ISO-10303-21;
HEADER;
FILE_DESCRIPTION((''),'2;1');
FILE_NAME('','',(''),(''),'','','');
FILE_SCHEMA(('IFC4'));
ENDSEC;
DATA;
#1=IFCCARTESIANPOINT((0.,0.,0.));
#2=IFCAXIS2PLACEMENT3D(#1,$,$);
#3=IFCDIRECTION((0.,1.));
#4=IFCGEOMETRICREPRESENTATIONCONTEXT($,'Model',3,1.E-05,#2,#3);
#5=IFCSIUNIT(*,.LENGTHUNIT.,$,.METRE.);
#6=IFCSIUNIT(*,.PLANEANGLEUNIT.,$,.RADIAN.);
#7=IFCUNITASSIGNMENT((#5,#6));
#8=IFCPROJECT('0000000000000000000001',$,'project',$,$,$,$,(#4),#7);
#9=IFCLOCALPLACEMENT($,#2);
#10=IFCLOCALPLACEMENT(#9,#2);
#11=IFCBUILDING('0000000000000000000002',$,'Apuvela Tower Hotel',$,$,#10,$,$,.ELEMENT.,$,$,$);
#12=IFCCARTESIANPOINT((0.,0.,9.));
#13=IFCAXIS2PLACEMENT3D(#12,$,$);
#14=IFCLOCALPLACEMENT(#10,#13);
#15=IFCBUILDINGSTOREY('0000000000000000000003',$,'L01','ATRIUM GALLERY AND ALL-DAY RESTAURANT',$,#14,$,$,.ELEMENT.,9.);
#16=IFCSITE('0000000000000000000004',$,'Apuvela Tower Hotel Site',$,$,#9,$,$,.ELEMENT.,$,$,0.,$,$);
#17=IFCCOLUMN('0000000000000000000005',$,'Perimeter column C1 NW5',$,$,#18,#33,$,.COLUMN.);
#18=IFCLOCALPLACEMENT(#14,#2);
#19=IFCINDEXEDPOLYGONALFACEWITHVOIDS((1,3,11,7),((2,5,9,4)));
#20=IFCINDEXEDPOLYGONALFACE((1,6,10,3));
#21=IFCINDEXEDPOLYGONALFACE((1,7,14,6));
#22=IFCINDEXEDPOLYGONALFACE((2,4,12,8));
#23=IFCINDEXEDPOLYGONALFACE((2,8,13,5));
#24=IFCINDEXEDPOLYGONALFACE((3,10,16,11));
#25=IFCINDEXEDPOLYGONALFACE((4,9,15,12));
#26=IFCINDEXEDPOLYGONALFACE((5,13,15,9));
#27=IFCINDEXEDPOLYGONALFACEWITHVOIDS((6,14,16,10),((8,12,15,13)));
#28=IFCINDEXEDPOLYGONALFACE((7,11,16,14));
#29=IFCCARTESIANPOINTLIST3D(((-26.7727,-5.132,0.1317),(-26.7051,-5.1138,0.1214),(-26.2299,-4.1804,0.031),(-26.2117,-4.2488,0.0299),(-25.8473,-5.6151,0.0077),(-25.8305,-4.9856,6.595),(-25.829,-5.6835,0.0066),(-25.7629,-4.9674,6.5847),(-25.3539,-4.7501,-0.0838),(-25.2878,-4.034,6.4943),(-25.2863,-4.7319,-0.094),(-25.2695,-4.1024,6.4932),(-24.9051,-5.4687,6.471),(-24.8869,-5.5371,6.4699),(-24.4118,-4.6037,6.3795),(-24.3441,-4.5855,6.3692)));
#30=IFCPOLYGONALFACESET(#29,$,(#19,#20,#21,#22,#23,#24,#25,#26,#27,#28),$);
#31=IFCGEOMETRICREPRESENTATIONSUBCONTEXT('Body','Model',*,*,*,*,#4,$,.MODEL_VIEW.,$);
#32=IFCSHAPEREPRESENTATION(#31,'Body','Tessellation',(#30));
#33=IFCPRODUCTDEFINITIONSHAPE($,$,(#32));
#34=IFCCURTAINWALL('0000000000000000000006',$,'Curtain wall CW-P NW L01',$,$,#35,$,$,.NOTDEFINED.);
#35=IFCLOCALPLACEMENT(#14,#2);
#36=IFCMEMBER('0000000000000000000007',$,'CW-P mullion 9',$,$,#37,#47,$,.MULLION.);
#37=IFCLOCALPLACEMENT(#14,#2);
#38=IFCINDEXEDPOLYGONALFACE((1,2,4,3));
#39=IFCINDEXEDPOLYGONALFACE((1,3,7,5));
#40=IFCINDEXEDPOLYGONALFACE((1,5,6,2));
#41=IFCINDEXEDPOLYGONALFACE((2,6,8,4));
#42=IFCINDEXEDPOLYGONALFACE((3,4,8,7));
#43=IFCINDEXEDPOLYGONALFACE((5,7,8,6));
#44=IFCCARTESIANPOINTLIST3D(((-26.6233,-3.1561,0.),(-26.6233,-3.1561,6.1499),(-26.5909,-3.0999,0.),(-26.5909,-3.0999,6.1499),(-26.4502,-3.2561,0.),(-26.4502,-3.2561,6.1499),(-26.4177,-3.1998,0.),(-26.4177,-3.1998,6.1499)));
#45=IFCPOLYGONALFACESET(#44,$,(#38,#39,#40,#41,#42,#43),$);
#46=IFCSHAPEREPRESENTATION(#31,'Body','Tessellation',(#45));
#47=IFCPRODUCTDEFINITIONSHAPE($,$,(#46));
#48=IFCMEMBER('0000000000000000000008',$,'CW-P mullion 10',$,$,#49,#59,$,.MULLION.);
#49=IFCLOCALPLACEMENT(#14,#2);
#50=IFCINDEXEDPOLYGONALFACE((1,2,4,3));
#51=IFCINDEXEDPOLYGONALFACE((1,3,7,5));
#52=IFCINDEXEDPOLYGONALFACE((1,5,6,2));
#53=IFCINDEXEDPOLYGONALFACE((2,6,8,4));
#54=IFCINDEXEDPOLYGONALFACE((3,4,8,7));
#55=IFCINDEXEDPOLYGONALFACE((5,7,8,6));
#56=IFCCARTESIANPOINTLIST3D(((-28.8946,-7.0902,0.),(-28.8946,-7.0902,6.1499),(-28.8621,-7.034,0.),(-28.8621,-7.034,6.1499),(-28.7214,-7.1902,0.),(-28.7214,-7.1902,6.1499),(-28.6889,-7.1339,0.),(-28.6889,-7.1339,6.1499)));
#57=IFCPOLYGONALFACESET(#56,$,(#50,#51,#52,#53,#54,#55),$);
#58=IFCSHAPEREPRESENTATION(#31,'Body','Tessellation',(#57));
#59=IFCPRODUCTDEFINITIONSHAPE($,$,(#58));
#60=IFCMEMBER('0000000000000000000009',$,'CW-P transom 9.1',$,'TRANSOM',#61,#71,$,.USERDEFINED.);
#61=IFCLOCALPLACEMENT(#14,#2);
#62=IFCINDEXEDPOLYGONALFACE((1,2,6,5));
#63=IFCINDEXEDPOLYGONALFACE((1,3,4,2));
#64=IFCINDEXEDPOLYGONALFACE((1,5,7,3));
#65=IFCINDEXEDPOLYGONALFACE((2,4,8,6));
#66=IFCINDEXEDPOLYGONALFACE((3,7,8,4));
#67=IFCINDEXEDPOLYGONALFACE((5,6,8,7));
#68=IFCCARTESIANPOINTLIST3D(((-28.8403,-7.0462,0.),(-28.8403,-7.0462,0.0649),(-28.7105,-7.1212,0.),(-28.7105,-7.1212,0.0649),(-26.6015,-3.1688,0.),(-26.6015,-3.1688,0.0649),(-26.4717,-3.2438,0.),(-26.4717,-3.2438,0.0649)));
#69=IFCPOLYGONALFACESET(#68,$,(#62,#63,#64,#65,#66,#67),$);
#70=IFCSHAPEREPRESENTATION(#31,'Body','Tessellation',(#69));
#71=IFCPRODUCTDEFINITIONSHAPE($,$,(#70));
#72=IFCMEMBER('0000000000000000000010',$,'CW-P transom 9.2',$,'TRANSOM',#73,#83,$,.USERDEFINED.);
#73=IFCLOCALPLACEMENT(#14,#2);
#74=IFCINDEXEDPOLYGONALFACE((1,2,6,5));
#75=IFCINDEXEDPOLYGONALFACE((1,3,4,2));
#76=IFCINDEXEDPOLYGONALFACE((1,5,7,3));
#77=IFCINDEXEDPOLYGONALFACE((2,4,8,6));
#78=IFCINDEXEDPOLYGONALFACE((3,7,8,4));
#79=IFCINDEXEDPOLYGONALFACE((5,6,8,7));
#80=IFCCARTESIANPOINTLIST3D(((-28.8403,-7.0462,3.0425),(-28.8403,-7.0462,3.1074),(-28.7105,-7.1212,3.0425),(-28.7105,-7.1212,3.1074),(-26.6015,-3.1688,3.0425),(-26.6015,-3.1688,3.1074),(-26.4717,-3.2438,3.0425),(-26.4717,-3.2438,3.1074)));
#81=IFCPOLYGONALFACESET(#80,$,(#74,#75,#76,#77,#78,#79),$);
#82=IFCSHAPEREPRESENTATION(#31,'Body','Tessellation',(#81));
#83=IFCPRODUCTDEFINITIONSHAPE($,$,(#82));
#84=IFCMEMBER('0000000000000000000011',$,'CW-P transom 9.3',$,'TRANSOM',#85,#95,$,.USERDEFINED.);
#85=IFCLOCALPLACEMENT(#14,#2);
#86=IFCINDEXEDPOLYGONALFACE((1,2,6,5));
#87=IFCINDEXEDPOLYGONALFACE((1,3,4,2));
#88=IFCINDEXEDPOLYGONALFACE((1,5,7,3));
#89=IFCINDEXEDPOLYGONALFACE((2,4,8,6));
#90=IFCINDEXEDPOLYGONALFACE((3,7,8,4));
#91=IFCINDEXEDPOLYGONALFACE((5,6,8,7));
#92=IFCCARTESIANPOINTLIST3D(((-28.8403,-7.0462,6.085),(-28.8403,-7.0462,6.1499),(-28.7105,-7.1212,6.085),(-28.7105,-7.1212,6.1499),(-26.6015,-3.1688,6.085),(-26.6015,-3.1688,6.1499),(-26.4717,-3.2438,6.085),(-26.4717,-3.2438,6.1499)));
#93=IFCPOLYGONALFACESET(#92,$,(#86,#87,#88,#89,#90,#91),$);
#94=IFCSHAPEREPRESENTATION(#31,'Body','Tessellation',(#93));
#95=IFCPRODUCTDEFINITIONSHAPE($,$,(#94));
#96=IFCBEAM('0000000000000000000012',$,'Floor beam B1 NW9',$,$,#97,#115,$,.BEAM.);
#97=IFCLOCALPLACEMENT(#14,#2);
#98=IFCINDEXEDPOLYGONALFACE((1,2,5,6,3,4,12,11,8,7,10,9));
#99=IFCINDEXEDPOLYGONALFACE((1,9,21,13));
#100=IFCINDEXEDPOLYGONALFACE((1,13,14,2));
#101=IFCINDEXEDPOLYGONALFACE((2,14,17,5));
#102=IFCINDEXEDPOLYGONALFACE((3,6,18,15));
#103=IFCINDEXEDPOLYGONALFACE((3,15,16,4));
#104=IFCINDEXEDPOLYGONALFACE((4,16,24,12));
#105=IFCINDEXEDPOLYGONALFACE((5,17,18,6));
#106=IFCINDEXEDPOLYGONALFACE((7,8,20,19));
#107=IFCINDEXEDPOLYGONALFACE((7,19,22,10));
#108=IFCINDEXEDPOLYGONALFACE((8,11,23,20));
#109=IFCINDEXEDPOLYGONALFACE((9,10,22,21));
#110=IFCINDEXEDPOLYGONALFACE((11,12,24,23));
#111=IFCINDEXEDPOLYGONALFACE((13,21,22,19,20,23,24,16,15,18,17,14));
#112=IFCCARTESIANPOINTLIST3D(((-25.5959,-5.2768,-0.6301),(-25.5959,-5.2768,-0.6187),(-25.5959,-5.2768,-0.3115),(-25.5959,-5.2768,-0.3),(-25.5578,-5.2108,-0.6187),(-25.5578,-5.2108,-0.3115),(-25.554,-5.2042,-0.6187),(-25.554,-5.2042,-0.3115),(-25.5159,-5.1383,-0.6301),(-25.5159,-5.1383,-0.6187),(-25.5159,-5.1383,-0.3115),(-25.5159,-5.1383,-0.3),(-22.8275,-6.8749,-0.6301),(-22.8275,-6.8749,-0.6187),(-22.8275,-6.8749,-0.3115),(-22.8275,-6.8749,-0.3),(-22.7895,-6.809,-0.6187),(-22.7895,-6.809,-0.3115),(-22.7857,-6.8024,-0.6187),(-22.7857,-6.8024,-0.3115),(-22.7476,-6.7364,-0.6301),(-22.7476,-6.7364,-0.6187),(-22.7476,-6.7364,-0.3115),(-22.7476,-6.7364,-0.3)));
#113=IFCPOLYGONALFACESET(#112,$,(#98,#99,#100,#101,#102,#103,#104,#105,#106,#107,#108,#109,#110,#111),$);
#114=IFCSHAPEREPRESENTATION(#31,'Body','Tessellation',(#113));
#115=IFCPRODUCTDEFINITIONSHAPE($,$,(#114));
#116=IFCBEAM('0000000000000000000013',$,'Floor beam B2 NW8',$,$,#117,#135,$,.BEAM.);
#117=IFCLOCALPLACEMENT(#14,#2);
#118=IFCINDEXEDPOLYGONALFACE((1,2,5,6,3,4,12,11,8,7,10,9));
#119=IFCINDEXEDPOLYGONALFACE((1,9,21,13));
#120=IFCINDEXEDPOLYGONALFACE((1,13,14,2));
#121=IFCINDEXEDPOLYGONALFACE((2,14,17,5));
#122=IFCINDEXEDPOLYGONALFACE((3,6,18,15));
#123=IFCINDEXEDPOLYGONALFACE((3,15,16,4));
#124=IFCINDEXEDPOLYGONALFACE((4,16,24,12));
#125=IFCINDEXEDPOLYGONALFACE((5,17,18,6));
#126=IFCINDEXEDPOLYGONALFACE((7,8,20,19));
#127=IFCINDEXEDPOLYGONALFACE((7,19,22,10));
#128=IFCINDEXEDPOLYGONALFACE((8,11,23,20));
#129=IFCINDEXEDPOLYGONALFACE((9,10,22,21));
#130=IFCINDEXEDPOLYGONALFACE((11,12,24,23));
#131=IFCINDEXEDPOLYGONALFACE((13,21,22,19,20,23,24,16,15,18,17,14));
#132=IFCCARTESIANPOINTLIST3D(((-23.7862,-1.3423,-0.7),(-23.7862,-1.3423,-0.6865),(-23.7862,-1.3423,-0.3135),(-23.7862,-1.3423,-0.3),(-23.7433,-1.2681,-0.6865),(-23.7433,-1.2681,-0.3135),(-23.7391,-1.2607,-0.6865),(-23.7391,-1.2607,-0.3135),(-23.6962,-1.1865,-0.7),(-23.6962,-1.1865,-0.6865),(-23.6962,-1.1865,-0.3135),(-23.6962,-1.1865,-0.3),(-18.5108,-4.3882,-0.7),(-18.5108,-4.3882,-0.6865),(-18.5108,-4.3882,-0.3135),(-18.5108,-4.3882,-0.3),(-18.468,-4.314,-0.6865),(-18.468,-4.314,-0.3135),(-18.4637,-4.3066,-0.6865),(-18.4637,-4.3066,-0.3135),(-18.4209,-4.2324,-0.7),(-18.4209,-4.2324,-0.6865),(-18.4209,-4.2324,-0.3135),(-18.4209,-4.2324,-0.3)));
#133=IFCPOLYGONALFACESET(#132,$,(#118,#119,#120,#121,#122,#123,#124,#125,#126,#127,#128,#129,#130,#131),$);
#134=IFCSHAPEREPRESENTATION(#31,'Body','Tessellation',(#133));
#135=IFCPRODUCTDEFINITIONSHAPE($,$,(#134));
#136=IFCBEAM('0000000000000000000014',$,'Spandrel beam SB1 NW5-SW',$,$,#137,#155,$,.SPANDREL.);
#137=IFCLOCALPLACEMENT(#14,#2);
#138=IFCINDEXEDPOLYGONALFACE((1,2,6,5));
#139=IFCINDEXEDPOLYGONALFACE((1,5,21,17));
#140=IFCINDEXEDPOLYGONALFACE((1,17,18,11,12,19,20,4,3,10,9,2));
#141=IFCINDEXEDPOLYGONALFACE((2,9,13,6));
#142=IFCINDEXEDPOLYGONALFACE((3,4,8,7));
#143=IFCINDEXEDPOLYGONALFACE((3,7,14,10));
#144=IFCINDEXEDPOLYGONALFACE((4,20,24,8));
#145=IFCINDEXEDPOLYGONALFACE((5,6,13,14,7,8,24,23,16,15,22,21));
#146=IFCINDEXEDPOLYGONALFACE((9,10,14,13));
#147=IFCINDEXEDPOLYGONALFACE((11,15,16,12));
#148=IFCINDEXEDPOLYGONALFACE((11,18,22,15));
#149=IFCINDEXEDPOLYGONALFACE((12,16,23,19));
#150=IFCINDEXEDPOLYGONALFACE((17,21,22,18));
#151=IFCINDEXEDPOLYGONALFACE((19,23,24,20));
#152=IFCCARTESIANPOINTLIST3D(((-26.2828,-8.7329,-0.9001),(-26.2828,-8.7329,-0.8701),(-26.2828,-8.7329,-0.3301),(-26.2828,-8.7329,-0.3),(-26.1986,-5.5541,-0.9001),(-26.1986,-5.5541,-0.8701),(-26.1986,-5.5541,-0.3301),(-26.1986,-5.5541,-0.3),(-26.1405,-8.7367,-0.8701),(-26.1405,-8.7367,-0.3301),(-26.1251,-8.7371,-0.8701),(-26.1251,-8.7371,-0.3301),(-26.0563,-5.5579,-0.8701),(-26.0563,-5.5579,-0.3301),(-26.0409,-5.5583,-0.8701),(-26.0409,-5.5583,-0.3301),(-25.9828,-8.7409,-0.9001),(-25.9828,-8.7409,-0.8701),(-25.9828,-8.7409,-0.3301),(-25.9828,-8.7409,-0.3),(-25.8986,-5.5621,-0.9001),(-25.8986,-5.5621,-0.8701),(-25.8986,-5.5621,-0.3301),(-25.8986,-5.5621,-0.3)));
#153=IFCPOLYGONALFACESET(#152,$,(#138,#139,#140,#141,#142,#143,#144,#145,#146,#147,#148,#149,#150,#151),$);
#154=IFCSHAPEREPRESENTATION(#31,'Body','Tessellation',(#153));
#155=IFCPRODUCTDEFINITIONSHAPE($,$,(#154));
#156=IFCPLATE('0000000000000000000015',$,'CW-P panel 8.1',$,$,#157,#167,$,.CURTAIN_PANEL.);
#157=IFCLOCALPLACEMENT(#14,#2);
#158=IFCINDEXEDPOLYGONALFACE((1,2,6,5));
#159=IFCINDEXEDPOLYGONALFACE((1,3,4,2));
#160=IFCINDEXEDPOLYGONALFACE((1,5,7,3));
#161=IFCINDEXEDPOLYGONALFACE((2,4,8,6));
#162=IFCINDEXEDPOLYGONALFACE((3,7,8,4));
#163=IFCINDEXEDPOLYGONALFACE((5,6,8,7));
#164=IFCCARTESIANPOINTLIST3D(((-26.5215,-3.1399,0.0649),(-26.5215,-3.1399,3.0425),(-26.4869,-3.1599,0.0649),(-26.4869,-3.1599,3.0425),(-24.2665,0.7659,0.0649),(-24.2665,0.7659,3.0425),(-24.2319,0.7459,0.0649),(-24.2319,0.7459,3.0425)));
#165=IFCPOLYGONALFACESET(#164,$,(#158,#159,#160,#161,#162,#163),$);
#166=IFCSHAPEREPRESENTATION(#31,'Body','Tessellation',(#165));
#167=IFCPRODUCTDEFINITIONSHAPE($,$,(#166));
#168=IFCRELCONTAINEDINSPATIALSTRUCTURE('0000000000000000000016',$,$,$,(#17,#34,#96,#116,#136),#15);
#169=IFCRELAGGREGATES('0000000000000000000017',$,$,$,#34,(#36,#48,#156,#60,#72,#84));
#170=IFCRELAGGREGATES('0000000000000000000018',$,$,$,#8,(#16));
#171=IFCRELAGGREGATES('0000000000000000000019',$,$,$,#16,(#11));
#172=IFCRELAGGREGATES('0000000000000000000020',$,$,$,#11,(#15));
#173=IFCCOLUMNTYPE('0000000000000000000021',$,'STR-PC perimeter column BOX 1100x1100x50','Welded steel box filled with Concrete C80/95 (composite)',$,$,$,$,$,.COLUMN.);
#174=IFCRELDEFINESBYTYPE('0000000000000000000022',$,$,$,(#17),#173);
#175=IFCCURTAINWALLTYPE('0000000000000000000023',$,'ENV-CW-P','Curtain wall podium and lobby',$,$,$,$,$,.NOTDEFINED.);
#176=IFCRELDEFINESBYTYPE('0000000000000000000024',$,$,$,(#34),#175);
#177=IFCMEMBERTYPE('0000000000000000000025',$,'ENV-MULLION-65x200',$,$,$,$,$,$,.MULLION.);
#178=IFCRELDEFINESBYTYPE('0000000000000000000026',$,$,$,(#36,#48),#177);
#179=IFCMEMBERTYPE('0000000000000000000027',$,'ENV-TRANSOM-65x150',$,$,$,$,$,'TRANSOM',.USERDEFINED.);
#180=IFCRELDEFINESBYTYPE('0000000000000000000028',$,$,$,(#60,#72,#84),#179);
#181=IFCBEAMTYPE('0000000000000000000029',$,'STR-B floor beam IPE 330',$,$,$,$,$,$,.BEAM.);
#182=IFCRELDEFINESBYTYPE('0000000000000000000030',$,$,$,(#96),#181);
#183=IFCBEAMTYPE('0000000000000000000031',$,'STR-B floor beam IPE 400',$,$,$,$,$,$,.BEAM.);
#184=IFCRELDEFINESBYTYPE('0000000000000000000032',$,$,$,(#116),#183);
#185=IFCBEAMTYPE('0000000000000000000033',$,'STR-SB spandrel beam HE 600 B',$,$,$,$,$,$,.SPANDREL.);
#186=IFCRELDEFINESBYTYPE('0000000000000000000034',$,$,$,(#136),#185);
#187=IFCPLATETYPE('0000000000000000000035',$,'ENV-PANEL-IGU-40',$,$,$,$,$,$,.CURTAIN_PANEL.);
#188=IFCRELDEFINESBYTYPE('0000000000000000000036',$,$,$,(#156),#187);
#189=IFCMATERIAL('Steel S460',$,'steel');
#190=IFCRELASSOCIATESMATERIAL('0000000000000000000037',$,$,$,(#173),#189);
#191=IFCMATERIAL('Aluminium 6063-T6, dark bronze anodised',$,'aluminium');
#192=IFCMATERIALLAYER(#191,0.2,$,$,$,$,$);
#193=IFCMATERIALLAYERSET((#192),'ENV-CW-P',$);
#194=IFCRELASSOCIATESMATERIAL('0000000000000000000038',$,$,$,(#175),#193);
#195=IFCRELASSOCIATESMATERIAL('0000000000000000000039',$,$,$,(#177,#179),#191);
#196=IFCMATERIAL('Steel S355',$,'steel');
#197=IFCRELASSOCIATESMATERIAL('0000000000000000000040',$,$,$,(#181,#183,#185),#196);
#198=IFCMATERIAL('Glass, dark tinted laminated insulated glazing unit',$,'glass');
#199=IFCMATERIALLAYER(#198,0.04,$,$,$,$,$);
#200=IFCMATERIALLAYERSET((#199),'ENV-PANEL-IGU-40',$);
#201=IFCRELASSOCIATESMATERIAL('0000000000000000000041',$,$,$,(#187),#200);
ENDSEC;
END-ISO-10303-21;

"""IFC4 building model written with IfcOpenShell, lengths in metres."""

from ifc_helpers import new_model, si_unit, direction, frame, origin, origin_2d, place, context, subcontext, project, spatial, rectangle, hollow_rectangle, i_section, extrude, boolean, halfspace, material, layer, layer_set, material_profile, profile_set, type_object, element, aggregate, save


model = new_model("IFC4")

# Units and contexts
model_context = context("Model", 3, precision=1e-05, world=origin(), true_north=direction((0.0, 1.0)))
body_context = subcontext(model_context, "Body", "Model", "MODEL_VIEW")
ifc_project = project(units=[si_unit("LENGTHUNIT", "METRE"), si_unit("PLANEANGLEUNIT", "RADIAN")], contexts=[model_context])

# Site, building, storey
site_placement = place(None, origin())
site = spatial("IfcSite", under=ifc_project, at=site_placement, Name="Apuvela Tower Hotel Site", CompositionType="ELEMENT", RefElevation=0.0)
building_placement = place(site_placement, origin())
building = spatial("IfcBuilding", under=site, at=building_placement, Name="Apuvela Tower Hotel", CompositionType="ELEMENT")
storey_placement = place(building_placement, frame((0.0, 0.0, 9.0)))
storey = spatial("IfcBuildingStorey", under=building, at=storey_placement, Name="L01", Description="ATRIUM GALLERY AND ALL-DAY RESTAURANT", CompositionType="ELEMENT", Elevation=9.0)

# Column
ifc_material_1 = material(Name="Steel S460", Category="steel")
ifc_material_profile_1 = material_profile(ifc_material_1, hollow_rectangle(XDim=1.1001, YDim=1.1001, WallThickness=0.05, at=origin_2d()), Name="BOX 1100x1100x50")
ifc_material_2 = material(Name="Concrete C80/95", Category="concrete")
ifc_material_profile_2 = material_profile(ifc_material_2, rectangle(XDim=1.0, YDim=1.0, at=origin_2d()), Name="Concrete C80/95 infill")
ifc_profile_set_1 = profile_set([ifc_material_profile_1, ifc_material_profile_2], Name="Steel S460")
column_type = type_object("IfcColumnType", Name="STR-PC perimeter column BOX 1100x1100x50", Description="Welded steel box filled with Concrete C80/95 (composite)", PredefinedType="COLUMN", material=ifc_profile_set_1)
column_placement = place(storey_placement, frame((-26.0322, -4.9324, 0.0), z_axis=(0.14421, 0.022406, 0.989293), x_axis=(-0.493358, -0.865, 0.091508)))
element("IfcColumn", 1, at=column_placement, inside=storey, type_object=column_type, Name="Perimeter column C1 NW5", PredefinedType="COLUMN", context=body_context, shape_type="SweptSolid", body=[
    boolean("DIFFERENCE", boolean("DIFFERENCE", extrude(hollow_rectangle(XDim=1.1001, YDim=1.1001, WallThickness=0.05, at=origin_2d()), origin(), (0.0, 0.0, 1.0), 6.5703), halfspace(frame((0.0, 0.0, 0.019), z_axis=(0.0, 0.0, 1.0), x_axis=(1.0, 0.0, 0.0)), True)), halfspace(frame((0.0, 0.0, 6.5522), z_axis=(0.0, 0.0, 1.0), x_axis=(1.0, 0.0, 0.0)), False)),
])

# Curtain wall, members
ifc_material_3 = material(Name="Aluminium 6063-T6, dark bronze anodised", Category="aluminium")
ifc_layer_1 = layer(ifc_material_3, 0.2)
ifc_layer_set_1 = layer_set([ifc_layer_1], Name="ENV-CW-P")
curtain_wall_type = type_object("IfcCurtainWallType", Name="ENV-CW-P", Description="Curtain wall podium and lobby", PredefinedType="NOTDEFINED", material=ifc_layer_set_1)
curtain_wall_placement = place(storey_placement, origin())
curtain_wall = element("IfcCurtainWall", 2, at=curtain_wall_placement, inside=storey, type_object=curtain_wall_type, Name="Curtain wall CW-P NW L01", PredefinedType="NOTDEFINED")
ifc_material_profile_3 = material_profile(ifc_material_3, rectangle(XDim=0.2, YDim=0.0649, at=origin_2d()), Name="AL 65x200")
ifc_profile_set_2 = profile_set([ifc_material_profile_3], Name="Aluminium 6063-T6, dark bronze anodised")
member_type_1 = type_object("IfcMemberType", Name="ENV-MULLION-65x200", PredefinedType="MULLION", material=ifc_profile_set_2)
member_1_placement = place(storey_placement, frame((-26.5205, -3.178, 0.0), z_axis=(0.0, 0.0, 1.0), x_axis=(0.866025, -0.5, 0.0)))
member_1 = element("IfcMember", 3, at=member_1_placement, type_object=member_type_1, Name="CW-P mullion 9", PredefinedType="MULLION", context=body_context, shape_type="SweptSolid", body=[
    extrude(rectangle(XDim=0.2, YDim=0.0649, at=origin_2d()), origin(), (0.0, 0.0, 1.0), 6.1499),
])
member_2_placement = place(storey_placement, frame((-28.7917, -7.1121, 0.0), z_axis=(0.0, 0.0, 1.0), x_axis=(0.866025, -0.5, 0.0)))
member_2 = element("IfcMember", 4, at=member_2_placement, type_object=member_type_1, Name="CW-P mullion 10", PredefinedType="MULLION", context=body_context, shape_type="SweptSolid", body=[
    extrude(rectangle(XDim=0.2, YDim=0.0649, at=origin_2d()), origin(), (0.0, 0.0, 1.0), 6.1499),
])
ifc_material_profile_4 = material_profile(ifc_material_3, rectangle(XDim=0.1499, YDim=0.0649, at=origin_2d()), Name="AL 65x150 transom")
ifc_profile_set_3 = profile_set([ifc_material_profile_4], Name="Aluminium 6063-T6, dark bronze anodised")
member_type_2 = type_object("IfcMemberType", Name="ENV-TRANSOM-65x150", ElementType="TRANSOM", PredefinedType="USERDEFINED", material=ifc_profile_set_3)
member_3_placement = place(storey_placement, frame((-26.5366, -3.2063, 0.0325), z_axis=(-0.500021, -0.866013, 0.0), x_axis=(0.866013, -0.500021, 0.0)))
member_3 = element("IfcMember", 5, at=member_3_placement, type_object=member_type_2, Name="CW-P transom 9.1", ObjectType="TRANSOM", PredefinedType="USERDEFINED", context=body_context, shape_type="SweptSolid", body=[
    extrude(rectangle(XDim=0.1499, YDim=0.0649, at=origin_2d()), origin(), (0.0, 0.0, 1.0), 4.4773),
])
member_4_placement = place(storey_placement, frame((-26.5366, -3.2063, 3.075), z_axis=(-0.500021, -0.866013, 0.0), x_axis=(0.866013, -0.500021, 0.0)))
member_4 = element("IfcMember", 6, at=member_4_placement, type_object=member_type_2, Name="CW-P transom 9.2", ObjectType="TRANSOM", PredefinedType="USERDEFINED", context=body_context, shape_type="SweptSolid", body=[
    extrude(rectangle(XDim=0.1499, YDim=0.0649, at=origin_2d()), origin(), (0.0, 0.0, 1.0), 4.4773),
])
member_5_placement = place(storey_placement, frame((-26.5366, -3.2063, 6.1174), z_axis=(-0.500021, -0.866013, 0.0), x_axis=(0.866013, -0.500021, 0.0)))
member_5 = element("IfcMember", 7, at=member_5_placement, type_object=member_type_2, Name="CW-P transom 9.3", ObjectType="TRANSOM", PredefinedType="USERDEFINED", context=body_context, shape_type="SweptSolid", body=[
    extrude(rectangle(XDim=0.1499, YDim=0.0649, at=origin_2d()), origin(), (0.0, 0.0, 1.0), 4.4773),
])

# Beams
ifc_material_4 = material(Name="Steel S355", Category="steel")
ifc_material_profile_5 = material_profile(ifc_material_4, i_section(OverallWidth=0.1599, OverallDepth=0.3301, WebThickness=0.0076, FlangeThickness=0.0115, at=origin_2d()), Name="IPE 330")
ifc_profile_set_4 = profile_set([ifc_material_profile_5], Name="Steel S355")
beam_type_1 = type_object("IfcBeamType", Name="STR-B floor beam IPE 330", PredefinedType="BEAM", material=ifc_profile_set_4)
beam_1_placement = place(storey_placement, frame((-25.5559, -5.2075, -0.4651), z_axis=(0.866044, -0.499967, 0.0), x_axis=(0.499967, 0.866044, 0.0)))
element("IfcBeam", 8, at=beam_1_placement, inside=storey, type_object=beam_type_1, Name="Floor beam B1 NW9", PredefinedType="BEAM", context=body_context, shape_type="SweptSolid", body=[
    extrude(i_section(OverallWidth=0.1599, OverallDepth=0.3301, WebThickness=0.0076, FlangeThickness=0.0115, at=origin_2d()), origin(), (0.0, 0.0, 1.0), 3.1965),
])
ifc_material_profile_6 = material_profile(ifc_material_4, i_section(OverallWidth=0.1799, OverallDepth=0.3999, WebThickness=0.0085, FlangeThickness=0.0134, at=origin_2d()), Name="IPE 400")
ifc_profile_set_5 = profile_set([ifc_material_profile_6], Name="Steel S355")
beam_type_2 = type_object("IfcBeamType", Name="STR-B floor beam IPE 400", PredefinedType="BEAM", material=ifc_profile_set_5)
beam_2_placement = place(storey_placement, frame((-23.7412, -1.2644, -0.5), z_axis=(0.866015, -0.500018, 0.0), x_axis=(0.500018, 0.866015, 0.0)))
element("IfcBeam", 9, at=beam_2_placement, inside=storey, type_object=beam_type_2, Name="Floor beam B2 NW8", PredefinedType="BEAM", context=body_context, shape_type="SweptSolid", body=[
    extrude(i_section(OverallWidth=0.1799, OverallDepth=0.3999, WebThickness=0.0085, FlangeThickness=0.0134, at=origin_2d()), origin(), (0.0, 0.0, 1.0), 6.0916),
])
ifc_material_profile_7 = material_profile(ifc_material_4, i_section(OverallWidth=0.3, OverallDepth=0.6001, WebThickness=0.0154, FlangeThickness=0.03, at=origin_2d()), Name="HE 600 B")
ifc_profile_set_6 = profile_set([ifc_material_profile_7], Name="Steel S355")
beam_type_3 = type_object("IfcBeamType", Name="STR-SB spandrel beam HE 600 B", PredefinedType="SPANDREL", material=ifc_profile_set_6)
beam_3_placement = place(storey_placement, frame((-26.0486, -5.5581, -0.6001), z_axis=(-0.026488, -0.999649, 0.0), x_axis=(0.999649, -0.026488, 0.0)))
element("IfcBeam", 10, at=beam_3_placement, inside=storey, type_object=beam_type_3, Name="Spandrel beam SB1 NW5-SW", PredefinedType="SPANDREL", context=body_context, shape_type="SweptSolid", body=[
    extrude(i_section(OverallWidth=0.3, OverallDepth=0.6001, WebThickness=0.0154, FlangeThickness=0.03, at=origin_2d()), origin(), (0.0, 0.0, 1.0), 3.1799),
])

# Plate
ifc_material_5 = material(Name="Glass, dark tinted laminated insulated glazing unit", Category="glass")
ifc_layer_2 = layer(ifc_material_5, 0.04)
ifc_layer_set_2 = layer_set([ifc_layer_2], Name="ENV-PANEL-IGU-40")
plate_type = type_object("IfcPlateType", Name="ENV-PANEL-IGU-40", PredefinedType="CURTAIN_PANEL", material=ifc_layer_set_2)
plate_1_placement = place(storey_placement, frame((-25.3767, -1.197, 0.0649), z_axis=(0.0, 0.0, 1.0), x_axis=(-0.5, -0.866025, 0.0)))
plate_1 = element("IfcPlate", 11, at=plate_1_placement, type_object=plate_type, Name="CW-P panel 8.1", PredefinedType="CURTAIN_PANEL", context=body_context, shape_type="SweptSolid", body=[
    extrude(rectangle(XDim=4.51, YDim=0.04, at=origin_2d()), origin(), (0.0, 0.0, 1.0), 2.9775),
])
aggregate(curtain_wall, [member_1, member_2, plate_1, member_3, member_4, member_5])

save(model, "model.ifc")
